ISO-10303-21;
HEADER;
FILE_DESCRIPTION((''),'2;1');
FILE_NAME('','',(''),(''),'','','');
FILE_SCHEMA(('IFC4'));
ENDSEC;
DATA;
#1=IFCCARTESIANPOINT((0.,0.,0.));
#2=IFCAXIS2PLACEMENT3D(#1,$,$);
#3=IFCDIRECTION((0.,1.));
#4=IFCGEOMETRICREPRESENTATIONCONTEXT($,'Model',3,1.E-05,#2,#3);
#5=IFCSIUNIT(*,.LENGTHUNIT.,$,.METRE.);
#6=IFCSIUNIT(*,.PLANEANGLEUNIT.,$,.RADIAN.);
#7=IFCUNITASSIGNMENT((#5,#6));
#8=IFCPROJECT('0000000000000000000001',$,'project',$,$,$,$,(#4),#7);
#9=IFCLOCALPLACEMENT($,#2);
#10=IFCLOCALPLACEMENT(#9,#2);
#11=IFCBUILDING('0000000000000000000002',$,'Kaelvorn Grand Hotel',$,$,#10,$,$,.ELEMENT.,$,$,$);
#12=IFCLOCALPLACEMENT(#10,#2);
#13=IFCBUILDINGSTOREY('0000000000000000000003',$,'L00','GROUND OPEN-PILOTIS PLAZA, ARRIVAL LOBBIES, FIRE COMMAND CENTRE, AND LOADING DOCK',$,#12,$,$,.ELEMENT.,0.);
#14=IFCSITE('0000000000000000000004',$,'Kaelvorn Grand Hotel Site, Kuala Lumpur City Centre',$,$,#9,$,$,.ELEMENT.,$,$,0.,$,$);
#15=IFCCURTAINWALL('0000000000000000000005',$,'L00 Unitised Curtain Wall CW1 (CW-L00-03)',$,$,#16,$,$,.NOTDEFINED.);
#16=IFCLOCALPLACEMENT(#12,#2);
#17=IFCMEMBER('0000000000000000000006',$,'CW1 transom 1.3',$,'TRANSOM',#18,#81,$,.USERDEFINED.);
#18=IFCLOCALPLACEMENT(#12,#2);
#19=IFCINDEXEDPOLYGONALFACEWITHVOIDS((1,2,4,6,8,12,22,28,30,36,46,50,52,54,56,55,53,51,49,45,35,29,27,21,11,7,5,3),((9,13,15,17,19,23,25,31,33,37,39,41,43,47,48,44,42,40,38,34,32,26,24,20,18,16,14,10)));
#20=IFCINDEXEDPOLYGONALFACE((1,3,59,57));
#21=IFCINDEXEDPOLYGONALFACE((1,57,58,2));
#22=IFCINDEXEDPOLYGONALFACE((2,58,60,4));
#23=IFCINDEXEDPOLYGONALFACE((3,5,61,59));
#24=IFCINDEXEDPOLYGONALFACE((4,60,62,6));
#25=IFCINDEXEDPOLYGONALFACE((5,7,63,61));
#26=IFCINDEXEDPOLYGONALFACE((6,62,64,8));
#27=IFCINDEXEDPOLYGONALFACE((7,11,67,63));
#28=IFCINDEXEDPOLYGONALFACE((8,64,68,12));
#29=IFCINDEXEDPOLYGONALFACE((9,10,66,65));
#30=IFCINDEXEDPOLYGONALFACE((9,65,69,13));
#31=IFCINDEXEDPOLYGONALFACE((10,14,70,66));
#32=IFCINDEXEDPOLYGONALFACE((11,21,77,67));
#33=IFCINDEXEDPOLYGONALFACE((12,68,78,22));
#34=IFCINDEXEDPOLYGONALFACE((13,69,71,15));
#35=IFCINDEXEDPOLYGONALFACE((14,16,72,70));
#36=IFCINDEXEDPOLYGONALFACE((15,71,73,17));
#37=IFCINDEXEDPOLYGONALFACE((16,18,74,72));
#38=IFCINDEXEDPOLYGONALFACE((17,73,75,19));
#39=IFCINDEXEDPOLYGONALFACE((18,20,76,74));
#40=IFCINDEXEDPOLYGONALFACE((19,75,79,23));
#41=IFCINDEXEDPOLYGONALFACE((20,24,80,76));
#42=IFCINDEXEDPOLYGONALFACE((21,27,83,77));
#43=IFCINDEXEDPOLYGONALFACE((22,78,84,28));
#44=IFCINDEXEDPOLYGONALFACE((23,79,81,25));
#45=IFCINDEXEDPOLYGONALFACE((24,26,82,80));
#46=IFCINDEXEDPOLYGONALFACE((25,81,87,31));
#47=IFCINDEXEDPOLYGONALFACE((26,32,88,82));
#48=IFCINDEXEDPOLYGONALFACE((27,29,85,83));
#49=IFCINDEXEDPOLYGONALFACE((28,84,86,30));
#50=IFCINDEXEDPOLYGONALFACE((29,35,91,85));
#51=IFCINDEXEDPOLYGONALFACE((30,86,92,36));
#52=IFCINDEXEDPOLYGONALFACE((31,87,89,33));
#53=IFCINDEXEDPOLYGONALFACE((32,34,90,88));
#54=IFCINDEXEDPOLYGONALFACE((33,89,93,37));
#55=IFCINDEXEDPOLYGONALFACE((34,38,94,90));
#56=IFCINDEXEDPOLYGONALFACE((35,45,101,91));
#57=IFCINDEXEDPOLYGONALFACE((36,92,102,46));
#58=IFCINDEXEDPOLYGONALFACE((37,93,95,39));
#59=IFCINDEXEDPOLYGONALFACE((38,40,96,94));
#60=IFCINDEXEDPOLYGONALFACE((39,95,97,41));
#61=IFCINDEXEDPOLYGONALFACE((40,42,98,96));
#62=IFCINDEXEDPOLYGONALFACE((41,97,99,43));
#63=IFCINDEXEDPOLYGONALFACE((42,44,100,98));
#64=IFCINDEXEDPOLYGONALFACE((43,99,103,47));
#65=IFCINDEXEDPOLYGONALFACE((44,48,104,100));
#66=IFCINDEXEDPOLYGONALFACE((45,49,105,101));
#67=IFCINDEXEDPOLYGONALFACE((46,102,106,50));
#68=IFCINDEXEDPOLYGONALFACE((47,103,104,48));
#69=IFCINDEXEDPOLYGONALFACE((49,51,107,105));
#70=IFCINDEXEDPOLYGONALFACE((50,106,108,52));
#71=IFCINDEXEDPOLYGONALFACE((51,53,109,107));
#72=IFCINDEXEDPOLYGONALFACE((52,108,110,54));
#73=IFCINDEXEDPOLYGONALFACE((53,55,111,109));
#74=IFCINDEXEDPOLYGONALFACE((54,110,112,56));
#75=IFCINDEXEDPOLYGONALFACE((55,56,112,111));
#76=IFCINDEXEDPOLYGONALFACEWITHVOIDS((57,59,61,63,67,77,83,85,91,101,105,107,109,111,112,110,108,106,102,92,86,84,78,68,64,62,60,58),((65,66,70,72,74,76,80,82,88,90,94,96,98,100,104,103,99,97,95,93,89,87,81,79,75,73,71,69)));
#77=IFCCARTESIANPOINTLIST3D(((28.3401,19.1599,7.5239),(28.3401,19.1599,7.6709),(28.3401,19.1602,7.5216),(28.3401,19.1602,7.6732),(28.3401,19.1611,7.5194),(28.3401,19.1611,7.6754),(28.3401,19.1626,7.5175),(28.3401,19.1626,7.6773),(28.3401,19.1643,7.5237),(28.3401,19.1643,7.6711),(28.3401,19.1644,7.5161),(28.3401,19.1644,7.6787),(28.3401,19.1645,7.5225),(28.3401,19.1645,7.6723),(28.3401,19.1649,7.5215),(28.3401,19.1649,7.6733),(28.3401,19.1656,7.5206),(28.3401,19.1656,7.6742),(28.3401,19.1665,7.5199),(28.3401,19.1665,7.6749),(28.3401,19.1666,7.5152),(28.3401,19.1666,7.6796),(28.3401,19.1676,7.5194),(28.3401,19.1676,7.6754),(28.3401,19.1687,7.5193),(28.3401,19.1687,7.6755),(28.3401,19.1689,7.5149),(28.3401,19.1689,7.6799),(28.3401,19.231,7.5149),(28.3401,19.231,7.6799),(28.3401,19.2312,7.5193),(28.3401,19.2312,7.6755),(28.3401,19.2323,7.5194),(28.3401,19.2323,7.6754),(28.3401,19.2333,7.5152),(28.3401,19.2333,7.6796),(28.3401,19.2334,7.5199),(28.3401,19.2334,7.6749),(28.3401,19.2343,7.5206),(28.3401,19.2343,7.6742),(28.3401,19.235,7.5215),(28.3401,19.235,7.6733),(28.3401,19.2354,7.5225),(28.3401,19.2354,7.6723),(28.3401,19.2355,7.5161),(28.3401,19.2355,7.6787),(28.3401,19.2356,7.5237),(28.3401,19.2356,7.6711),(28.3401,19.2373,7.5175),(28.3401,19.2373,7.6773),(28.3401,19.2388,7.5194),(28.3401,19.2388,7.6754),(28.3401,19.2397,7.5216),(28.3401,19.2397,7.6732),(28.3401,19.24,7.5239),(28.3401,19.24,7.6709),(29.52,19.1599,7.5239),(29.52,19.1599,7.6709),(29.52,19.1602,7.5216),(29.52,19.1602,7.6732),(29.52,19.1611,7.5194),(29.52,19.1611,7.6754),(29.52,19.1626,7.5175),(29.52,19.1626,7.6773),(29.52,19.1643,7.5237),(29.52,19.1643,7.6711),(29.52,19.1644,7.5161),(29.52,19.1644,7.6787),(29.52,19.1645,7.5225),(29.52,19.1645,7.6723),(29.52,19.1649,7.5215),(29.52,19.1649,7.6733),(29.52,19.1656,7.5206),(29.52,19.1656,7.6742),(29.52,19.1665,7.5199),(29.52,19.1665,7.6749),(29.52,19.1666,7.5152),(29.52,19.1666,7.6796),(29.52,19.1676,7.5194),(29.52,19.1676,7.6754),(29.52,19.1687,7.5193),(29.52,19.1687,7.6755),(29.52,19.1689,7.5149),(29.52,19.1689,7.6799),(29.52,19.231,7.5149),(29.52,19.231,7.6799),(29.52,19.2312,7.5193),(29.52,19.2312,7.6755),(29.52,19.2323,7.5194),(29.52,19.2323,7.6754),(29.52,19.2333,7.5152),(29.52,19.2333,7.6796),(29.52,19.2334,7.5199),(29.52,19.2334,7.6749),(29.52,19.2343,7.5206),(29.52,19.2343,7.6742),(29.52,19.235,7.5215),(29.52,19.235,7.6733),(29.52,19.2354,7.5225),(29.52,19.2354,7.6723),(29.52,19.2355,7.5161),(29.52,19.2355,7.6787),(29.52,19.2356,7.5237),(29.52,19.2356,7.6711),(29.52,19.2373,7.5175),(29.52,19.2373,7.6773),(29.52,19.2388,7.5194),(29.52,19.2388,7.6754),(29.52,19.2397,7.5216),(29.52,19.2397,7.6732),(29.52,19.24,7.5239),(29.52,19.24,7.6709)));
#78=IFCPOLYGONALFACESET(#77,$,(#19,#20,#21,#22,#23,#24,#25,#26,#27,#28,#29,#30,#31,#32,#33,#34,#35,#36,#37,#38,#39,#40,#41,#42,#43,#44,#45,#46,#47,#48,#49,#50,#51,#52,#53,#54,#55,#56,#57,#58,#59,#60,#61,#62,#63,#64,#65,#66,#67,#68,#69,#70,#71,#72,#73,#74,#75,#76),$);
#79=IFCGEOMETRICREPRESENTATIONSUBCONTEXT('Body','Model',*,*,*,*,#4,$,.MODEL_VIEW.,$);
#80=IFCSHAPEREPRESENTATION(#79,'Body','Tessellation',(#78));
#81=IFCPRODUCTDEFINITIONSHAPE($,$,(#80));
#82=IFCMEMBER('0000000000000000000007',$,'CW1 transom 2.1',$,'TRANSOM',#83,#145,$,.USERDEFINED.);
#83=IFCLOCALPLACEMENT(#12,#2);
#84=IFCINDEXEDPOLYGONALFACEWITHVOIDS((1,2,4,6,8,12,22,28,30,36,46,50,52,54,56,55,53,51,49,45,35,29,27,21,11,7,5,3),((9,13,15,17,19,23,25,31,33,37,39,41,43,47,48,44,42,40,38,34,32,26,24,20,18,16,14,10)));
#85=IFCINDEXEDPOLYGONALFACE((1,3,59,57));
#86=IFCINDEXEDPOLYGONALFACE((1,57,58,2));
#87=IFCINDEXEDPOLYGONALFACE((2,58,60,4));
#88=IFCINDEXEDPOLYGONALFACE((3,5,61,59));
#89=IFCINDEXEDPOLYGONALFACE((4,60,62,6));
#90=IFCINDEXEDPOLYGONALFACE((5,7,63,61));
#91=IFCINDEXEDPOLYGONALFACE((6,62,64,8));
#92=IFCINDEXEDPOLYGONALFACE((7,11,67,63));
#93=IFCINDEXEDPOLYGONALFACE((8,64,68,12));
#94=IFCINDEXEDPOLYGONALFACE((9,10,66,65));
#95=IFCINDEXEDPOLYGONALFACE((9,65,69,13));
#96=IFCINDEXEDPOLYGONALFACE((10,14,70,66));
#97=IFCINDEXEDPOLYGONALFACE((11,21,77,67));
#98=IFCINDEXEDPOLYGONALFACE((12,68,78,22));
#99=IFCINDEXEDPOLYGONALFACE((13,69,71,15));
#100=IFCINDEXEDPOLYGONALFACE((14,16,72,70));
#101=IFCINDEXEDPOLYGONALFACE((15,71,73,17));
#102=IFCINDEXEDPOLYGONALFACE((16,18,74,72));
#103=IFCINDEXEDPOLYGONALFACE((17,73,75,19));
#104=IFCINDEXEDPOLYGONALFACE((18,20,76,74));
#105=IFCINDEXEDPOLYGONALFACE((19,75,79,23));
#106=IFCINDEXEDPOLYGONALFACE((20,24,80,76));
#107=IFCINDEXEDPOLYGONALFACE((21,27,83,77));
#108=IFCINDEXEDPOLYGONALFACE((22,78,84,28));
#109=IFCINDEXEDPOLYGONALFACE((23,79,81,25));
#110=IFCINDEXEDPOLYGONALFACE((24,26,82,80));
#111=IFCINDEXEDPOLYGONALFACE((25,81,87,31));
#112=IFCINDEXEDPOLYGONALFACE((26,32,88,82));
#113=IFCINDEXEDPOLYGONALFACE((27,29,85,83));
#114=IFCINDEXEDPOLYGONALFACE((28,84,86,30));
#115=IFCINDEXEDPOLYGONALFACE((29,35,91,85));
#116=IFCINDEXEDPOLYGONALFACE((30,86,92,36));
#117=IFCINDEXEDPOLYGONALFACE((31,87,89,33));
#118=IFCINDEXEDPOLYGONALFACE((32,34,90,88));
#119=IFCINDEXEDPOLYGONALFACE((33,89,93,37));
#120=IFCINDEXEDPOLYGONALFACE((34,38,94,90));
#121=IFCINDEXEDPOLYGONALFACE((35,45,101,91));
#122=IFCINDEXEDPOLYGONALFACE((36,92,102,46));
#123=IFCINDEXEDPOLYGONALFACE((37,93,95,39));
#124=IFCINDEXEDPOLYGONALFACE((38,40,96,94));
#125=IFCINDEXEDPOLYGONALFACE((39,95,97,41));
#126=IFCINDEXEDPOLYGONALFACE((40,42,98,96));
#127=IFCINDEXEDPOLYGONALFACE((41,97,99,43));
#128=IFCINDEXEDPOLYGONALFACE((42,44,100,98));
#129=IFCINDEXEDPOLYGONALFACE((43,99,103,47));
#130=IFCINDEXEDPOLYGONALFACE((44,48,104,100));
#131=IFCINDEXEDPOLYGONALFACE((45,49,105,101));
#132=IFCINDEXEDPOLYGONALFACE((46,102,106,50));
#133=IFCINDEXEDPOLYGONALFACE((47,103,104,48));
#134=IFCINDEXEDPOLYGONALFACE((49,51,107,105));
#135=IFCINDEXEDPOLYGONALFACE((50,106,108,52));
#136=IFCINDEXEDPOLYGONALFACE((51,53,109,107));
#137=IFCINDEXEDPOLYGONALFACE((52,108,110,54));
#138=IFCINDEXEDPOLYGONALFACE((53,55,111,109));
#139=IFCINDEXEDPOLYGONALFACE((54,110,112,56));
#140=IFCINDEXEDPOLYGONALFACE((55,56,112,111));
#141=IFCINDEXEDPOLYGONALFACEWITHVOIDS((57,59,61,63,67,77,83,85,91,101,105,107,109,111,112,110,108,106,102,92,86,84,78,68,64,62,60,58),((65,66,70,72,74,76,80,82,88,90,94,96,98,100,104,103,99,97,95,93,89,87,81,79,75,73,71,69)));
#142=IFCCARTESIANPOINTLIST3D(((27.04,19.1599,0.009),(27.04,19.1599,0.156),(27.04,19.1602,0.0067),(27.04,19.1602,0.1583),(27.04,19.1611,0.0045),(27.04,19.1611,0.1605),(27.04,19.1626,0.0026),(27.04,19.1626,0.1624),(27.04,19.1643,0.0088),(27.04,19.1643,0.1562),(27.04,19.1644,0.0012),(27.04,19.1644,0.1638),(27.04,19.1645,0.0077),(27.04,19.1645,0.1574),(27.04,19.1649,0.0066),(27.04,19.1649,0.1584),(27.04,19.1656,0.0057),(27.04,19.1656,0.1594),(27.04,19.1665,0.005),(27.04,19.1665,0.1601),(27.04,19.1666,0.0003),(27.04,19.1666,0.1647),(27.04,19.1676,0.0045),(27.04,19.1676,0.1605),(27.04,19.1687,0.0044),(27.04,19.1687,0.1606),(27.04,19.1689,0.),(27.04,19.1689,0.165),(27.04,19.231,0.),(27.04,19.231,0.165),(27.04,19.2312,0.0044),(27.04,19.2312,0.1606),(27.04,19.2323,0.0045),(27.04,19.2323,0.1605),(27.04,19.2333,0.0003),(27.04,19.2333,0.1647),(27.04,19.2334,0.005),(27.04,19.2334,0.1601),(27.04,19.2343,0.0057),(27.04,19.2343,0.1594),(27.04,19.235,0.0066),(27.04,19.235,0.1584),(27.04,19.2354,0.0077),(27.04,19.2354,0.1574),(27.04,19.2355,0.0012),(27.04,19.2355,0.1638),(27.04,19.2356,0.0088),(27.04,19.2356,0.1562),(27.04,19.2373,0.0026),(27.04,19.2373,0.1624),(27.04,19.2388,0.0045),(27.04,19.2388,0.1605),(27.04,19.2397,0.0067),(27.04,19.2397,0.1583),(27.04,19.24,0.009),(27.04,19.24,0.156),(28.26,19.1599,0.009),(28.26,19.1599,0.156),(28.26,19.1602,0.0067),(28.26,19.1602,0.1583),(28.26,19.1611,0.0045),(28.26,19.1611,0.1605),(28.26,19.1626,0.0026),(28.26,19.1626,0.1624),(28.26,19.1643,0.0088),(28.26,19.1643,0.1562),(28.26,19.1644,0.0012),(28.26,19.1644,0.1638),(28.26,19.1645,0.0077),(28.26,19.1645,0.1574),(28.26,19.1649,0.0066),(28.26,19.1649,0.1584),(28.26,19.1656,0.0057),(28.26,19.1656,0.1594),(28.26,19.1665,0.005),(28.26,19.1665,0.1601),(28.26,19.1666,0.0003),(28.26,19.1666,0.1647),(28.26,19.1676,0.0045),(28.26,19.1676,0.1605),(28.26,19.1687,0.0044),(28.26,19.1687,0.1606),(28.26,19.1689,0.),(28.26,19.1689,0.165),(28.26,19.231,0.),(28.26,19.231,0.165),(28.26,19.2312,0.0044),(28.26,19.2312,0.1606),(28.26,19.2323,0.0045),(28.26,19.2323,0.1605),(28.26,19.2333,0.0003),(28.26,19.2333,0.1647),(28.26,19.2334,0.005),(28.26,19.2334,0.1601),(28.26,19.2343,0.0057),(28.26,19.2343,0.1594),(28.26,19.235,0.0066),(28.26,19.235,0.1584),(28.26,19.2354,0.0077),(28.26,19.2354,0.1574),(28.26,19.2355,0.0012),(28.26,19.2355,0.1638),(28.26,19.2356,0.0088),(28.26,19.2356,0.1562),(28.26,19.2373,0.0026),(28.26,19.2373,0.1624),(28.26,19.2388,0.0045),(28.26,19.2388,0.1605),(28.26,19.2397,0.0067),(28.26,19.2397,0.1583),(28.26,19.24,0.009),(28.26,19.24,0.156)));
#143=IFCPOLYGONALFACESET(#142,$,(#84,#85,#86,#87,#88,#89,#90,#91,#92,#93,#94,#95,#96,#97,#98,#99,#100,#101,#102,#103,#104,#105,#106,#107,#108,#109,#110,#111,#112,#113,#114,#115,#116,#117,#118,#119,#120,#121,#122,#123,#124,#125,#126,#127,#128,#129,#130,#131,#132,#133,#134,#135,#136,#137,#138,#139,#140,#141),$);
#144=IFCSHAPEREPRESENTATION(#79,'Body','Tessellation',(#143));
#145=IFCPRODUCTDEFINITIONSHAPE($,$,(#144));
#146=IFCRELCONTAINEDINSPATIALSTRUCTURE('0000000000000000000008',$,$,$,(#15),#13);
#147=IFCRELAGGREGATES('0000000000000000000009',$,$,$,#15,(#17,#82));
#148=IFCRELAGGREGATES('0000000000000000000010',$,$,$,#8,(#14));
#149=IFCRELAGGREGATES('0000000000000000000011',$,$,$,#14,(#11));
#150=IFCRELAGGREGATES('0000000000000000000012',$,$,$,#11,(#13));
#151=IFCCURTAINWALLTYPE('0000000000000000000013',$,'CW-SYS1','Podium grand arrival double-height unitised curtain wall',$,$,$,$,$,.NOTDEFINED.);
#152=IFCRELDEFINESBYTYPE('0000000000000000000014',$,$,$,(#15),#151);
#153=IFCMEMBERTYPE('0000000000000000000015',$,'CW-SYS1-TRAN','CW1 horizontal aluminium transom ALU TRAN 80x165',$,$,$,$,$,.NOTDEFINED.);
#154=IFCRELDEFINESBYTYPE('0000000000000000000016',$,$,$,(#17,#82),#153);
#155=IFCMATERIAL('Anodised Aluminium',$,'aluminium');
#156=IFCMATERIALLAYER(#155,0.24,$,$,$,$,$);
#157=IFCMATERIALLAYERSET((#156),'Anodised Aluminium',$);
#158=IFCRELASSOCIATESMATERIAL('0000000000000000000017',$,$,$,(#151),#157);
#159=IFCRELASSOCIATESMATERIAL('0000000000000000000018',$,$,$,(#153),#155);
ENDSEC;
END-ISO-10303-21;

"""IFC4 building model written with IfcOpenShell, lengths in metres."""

from ifc_helpers import new_model, si_unit, direction, frame, origin, origin_2d, place, context, subcontext, project, spatial, hollow_rectangle, extrude, material, layer, layer_set, material_profile, profile_set, type_object, element, aggregate, save


model = new_model("IFC4")

# Units and contexts
model_context = context("Model", 3, precision=1e-05, world=origin(), true_north=direction((0.0, 1.0)))
body_context = subcontext(model_context, "Body", "Model", "MODEL_VIEW")
ifc_project = project(units=[si_unit("LENGTHUNIT", "METRE"), si_unit("PLANEANGLEUNIT", "RADIAN")], contexts=[model_context])

# Site, building, storey
site_placement = place(None, origin())
site = spatial("IfcSite", under=ifc_project, at=site_placement, Name="Kaelvorn Grand Hotel Site, Kuala Lumpur City Centre", CompositionType="ELEMENT", RefElevation=0.0)
building_placement = place(site_placement, origin())
building = spatial("IfcBuilding", under=site, at=building_placement, Name="Kaelvorn Grand Hotel", CompositionType="ELEMENT")
storey_placement = place(building_placement, origin())
storey = spatial("IfcBuildingStorey", under=building, at=storey_placement, Name="L00", Description="GROUND OPEN-PILOTIS PLAZA, ARRIVAL LOBBIES, FIRE COMMAND CENTRE, AND LOADING DOCK", CompositionType="ELEMENT", Elevation=0.0)

# Curtain wall, members
ifc_material_1 = material(Name="Anodised Aluminium", Category="aluminium")
ifc_layer_1 = layer(ifc_material_1, 0.24)
ifc_layer_set_1 = layer_set([ifc_layer_1], Name="Anodised Aluminium")
curtain_wall_type = type_object("IfcCurtainWallType", Name="CW-SYS1", Description="Podium grand arrival double-height unitised curtain wall", PredefinedType="NOTDEFINED", material=ifc_layer_set_1)
curtain_wall_placement = place(storey_placement, origin())
curtain_wall = element("IfcCurtainWall", 1, at=curtain_wall_placement, inside=storey, type_object=curtain_wall_type, Name="L00 Unitised Curtain Wall CW1 (CW-L00-03)", PredefinedType="NOTDEFINED")
ifc_material_profile_1 = material_profile(ifc_material_1, hollow_rectangle(XDim=0.0801, YDim=0.165, WallThickness=0.0044, InnerFilletRadius=0.0044, OuterFilletRadius=0.009, at=origin_2d()), Name="ALU TRAN 80x165")
ifc_profile_set_1 = profile_set([ifc_material_profile_1], Name="Anodised Aluminium")
member_type_1 = type_object("IfcMemberType", Name="CW-SYS1-TRAN", Description="CW1 horizontal aluminium transom ALU TRAN 80x165", PredefinedType="NOTDEFINED", material=ifc_profile_set_1)
member_1_placement = place(storey_placement, frame((29.52, 19.2, 7.5974), z_axis=(-1.0, 0.0, 0.0), x_axis=(0.0, -1.0, 0.0)))
member_1 = element("IfcMember", 2, at=member_1_placement, type_object=member_type_1, Name="CW1 transom 1.3", ObjectType="TRANSOM", PredefinedType="USERDEFINED", context=body_context, shape_type="SweptSolid", body=[
    extrude(hollow_rectangle(XDim=0.0801, YDim=0.165, WallThickness=0.0044, InnerFilletRadius=0.0044, OuterFilletRadius=0.009, at=origin_2d()), origin(), (0.0, 0.0, 1.0), 1.1799),
])
member_2_placement = place(storey_placement, frame((28.26, 19.2, 0.0825), z_axis=(-1.0, 0.0, 0.0), x_axis=(0.0, -1.0, 0.0)))
member_2 = element("IfcMember", 3, at=member_2_placement, type_object=member_type_1, Name="CW1 transom 2.1", ObjectType="TRANSOM", PredefinedType="USERDEFINED", context=body_context, shape_type="SweptSolid", body=[
    extrude(hollow_rectangle(XDim=0.0801, YDim=0.165, WallThickness=0.0044, InnerFilletRadius=0.0044, OuterFilletRadius=0.009, at=origin_2d()), origin(), (0.0, 0.0, 1.0), 1.22),
])
aggregate(curtain_wall, [member_1, member_2])

save(model, "model.ifc")
